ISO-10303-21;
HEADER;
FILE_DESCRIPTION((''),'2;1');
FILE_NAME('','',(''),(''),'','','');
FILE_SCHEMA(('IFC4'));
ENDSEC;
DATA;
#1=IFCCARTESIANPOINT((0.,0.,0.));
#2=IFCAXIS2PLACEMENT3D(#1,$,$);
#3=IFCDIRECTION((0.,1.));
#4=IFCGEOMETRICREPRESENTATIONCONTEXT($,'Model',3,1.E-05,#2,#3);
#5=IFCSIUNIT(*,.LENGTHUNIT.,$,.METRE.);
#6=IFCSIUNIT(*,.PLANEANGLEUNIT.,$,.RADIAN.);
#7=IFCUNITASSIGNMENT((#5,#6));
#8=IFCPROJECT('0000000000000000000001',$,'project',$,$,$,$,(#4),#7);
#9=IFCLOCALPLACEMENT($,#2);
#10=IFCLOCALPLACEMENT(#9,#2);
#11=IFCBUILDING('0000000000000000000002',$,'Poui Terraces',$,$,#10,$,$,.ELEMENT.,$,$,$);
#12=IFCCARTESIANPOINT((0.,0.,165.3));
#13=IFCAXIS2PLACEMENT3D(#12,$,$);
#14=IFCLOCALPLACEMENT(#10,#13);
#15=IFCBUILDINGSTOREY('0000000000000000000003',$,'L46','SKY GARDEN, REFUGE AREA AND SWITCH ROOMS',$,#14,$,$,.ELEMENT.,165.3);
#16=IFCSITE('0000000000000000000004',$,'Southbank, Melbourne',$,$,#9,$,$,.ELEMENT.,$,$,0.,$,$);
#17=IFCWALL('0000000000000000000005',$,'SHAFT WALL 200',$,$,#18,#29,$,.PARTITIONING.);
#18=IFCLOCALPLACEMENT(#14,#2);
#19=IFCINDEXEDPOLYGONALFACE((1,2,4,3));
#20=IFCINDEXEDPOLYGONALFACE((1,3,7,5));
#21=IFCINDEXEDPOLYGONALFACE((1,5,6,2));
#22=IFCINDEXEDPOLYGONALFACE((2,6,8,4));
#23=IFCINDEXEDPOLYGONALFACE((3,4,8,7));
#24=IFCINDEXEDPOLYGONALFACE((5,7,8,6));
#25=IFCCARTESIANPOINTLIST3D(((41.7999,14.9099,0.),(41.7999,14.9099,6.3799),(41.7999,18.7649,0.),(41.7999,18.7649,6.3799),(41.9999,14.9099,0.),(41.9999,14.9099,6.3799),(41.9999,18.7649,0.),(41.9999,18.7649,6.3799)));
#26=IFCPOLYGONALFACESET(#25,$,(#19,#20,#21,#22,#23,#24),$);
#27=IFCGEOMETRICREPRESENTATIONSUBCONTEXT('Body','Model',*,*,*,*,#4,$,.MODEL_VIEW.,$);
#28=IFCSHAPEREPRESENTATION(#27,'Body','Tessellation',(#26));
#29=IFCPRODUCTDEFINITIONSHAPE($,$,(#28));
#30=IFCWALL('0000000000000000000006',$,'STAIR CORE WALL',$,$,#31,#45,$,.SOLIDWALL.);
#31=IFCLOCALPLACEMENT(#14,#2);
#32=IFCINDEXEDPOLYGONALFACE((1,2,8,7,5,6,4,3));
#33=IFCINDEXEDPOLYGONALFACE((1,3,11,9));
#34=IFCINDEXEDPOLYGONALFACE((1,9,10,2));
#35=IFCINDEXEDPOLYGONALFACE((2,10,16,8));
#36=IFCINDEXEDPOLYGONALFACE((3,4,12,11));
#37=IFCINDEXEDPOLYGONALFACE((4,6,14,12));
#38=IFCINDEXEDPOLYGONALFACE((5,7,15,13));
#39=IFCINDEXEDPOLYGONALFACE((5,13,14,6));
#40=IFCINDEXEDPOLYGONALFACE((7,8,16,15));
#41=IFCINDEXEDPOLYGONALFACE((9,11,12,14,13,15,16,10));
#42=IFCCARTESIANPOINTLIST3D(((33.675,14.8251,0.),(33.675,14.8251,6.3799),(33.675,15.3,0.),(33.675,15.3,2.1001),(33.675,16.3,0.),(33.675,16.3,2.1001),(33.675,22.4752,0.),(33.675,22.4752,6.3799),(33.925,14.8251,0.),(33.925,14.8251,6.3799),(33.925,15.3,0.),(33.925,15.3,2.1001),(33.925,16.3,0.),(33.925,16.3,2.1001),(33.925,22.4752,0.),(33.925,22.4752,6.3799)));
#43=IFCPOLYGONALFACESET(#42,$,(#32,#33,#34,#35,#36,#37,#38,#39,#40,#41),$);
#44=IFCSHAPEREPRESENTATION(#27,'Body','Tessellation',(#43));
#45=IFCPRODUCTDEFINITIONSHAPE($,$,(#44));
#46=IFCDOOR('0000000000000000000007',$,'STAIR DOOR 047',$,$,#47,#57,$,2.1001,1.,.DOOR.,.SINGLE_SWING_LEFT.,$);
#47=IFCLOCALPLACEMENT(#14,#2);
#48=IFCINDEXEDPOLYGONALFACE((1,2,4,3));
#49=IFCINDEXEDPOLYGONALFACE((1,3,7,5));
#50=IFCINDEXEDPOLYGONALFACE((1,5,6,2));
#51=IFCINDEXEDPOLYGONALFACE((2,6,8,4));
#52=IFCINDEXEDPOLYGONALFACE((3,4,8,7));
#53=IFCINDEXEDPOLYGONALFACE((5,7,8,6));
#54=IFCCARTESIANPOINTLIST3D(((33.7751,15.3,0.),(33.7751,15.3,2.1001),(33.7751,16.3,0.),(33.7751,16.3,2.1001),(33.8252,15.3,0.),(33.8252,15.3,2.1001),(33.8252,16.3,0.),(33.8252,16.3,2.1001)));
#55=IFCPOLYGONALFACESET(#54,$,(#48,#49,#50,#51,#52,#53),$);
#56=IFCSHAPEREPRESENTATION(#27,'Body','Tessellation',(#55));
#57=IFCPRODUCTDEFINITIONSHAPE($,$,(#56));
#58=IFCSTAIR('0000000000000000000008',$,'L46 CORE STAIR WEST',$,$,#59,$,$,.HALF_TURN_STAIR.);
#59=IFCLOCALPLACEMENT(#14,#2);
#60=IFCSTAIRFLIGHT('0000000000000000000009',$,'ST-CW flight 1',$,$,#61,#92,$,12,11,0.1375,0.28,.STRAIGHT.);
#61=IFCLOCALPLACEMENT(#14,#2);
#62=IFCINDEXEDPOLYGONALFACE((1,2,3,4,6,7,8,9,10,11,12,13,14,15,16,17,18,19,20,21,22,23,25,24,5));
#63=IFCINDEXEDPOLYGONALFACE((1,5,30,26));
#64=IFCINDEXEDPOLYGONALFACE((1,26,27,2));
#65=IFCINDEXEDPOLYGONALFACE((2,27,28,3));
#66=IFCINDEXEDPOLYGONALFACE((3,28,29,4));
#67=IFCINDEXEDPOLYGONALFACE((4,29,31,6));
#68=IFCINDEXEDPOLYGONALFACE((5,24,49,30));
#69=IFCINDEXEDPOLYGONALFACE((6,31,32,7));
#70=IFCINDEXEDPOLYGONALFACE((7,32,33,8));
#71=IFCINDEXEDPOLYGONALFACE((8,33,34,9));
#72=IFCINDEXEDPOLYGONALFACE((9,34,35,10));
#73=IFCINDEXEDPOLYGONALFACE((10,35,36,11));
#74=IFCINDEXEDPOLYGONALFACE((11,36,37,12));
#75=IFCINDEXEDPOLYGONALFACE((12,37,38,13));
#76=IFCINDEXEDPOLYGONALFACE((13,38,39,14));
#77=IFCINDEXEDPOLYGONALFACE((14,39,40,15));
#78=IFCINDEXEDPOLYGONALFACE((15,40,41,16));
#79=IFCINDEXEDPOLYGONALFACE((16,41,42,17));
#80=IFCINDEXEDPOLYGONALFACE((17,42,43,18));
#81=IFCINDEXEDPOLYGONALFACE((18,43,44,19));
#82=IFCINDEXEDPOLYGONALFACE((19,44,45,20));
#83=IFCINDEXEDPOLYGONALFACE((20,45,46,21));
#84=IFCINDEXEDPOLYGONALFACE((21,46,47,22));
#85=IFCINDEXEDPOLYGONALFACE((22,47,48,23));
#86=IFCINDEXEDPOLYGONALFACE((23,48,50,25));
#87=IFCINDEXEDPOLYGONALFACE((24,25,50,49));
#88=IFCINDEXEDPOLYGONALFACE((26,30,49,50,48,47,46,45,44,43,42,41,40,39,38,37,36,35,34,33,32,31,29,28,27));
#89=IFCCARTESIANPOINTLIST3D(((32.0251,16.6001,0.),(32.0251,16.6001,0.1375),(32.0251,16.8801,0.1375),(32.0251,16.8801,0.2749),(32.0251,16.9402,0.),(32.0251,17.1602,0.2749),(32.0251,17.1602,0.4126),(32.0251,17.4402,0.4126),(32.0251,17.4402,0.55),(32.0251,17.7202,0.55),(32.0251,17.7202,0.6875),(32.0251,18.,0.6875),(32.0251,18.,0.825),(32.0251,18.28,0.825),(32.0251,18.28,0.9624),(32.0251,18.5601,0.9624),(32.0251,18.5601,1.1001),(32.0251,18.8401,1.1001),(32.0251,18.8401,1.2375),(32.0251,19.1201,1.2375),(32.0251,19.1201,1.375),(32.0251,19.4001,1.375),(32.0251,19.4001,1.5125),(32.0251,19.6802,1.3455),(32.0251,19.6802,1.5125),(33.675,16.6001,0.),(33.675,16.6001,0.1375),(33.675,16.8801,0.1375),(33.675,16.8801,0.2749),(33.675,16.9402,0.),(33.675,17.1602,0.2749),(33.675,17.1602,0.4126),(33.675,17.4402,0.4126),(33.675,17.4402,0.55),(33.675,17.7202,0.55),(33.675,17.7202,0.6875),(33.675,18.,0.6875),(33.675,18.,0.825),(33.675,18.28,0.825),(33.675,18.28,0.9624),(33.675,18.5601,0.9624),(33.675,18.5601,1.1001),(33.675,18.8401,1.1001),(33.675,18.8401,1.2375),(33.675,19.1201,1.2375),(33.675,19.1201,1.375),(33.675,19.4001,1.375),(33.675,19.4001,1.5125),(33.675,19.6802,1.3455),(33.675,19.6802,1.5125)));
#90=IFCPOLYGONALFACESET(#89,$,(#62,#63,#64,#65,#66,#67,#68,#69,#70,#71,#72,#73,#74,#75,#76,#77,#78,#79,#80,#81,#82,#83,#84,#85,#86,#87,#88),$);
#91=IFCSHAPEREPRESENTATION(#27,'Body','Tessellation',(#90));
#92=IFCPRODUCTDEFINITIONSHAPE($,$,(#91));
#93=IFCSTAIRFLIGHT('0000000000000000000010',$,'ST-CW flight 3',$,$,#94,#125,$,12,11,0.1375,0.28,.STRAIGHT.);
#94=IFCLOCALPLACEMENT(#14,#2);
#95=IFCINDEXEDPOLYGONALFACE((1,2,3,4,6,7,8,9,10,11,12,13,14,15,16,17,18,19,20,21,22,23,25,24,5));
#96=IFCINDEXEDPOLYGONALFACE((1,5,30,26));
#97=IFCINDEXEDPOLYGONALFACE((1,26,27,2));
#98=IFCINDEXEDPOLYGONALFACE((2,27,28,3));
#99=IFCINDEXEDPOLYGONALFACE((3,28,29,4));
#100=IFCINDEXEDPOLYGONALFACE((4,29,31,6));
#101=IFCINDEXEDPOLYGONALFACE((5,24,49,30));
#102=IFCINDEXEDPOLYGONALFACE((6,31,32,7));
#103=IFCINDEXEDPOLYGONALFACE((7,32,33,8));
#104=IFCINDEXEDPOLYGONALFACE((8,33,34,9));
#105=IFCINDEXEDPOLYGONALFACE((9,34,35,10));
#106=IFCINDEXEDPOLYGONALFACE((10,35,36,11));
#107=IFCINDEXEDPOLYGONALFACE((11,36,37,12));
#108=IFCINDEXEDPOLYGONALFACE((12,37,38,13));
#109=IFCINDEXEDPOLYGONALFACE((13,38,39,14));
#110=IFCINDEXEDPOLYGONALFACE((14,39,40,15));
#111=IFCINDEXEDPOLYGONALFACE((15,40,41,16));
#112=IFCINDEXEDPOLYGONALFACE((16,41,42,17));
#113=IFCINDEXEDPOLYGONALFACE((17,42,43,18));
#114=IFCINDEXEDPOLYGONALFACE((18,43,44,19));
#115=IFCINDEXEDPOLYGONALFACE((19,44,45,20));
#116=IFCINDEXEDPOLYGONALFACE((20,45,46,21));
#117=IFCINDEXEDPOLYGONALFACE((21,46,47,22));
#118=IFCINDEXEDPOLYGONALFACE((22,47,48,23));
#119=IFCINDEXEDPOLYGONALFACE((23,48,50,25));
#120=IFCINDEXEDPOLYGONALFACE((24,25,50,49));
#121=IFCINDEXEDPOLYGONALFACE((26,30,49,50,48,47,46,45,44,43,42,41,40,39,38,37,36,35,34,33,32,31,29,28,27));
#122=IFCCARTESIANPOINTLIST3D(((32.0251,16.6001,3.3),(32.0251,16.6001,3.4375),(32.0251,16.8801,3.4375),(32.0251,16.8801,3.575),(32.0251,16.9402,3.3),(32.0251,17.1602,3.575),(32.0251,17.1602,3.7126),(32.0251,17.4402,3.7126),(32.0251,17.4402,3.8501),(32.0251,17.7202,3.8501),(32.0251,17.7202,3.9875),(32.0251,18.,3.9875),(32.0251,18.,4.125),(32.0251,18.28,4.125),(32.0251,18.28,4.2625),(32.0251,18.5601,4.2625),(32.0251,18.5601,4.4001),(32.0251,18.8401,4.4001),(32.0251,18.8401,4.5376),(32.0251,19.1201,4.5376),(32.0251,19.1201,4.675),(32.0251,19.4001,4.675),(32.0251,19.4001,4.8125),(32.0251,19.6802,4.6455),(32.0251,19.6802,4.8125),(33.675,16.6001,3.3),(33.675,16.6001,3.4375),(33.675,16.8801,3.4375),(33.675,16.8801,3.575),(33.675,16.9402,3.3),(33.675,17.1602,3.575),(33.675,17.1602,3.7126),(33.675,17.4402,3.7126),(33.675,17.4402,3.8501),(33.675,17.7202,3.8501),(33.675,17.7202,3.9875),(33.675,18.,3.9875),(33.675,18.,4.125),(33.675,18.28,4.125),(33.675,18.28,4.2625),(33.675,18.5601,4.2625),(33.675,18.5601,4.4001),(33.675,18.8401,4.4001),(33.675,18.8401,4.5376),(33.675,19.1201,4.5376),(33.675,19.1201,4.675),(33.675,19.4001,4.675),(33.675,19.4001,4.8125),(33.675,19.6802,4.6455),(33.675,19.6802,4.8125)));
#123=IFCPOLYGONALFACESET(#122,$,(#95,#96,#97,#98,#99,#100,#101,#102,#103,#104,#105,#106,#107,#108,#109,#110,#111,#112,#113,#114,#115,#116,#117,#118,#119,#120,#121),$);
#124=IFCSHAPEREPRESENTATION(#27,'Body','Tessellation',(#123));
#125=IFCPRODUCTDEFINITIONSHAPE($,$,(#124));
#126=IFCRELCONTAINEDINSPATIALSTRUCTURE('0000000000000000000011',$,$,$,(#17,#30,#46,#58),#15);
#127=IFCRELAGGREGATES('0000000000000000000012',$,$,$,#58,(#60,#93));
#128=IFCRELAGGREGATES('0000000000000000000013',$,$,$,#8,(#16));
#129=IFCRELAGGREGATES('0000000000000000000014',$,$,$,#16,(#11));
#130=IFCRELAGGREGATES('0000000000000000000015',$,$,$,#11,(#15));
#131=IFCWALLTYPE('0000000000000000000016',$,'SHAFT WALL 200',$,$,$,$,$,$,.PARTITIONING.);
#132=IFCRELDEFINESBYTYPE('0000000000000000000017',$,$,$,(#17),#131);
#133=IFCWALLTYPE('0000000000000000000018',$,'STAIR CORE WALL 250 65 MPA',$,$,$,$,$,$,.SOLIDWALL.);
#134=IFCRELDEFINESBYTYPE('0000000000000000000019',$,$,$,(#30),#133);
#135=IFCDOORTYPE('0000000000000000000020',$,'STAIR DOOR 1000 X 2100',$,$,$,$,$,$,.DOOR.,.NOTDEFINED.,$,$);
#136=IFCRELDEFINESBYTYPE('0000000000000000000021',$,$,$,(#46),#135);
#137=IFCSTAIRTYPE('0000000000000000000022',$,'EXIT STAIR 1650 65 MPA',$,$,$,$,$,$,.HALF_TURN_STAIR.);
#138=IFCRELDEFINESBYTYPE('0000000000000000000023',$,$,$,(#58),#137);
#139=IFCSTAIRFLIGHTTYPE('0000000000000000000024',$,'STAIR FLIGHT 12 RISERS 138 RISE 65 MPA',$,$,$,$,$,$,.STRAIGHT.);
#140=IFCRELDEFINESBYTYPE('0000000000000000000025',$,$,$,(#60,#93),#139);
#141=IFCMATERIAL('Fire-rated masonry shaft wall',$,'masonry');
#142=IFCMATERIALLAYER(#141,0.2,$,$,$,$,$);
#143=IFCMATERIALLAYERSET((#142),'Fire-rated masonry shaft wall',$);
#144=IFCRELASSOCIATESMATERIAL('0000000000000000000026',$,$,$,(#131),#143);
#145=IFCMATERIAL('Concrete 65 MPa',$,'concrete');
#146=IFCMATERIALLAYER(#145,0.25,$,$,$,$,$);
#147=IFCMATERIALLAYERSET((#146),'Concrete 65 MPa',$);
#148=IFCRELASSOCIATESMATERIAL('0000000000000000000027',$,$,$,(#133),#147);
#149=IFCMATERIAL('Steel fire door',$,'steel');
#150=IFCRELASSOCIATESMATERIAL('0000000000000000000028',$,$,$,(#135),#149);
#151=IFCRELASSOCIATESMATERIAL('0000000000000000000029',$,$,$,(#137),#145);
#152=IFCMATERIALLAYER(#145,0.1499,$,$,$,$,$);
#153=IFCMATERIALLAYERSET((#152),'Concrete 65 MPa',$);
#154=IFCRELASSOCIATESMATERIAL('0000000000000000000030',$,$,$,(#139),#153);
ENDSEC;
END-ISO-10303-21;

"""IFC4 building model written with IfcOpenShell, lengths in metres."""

from ifc_helpers import new_model, si_unit, direction, frame, frame_2d, origin, place, context, subcontext, project, spatial, polyline, rectangle, outline, extrude, material, layer, layer_set, type_object, element, fill, aggregate, save


model = new_model("IFC4")

# Units and contexts
model_context = context("Model", 3, precision=1e-05, world=origin(), true_north=direction((0.0, 1.0)))
body_context = subcontext(model_context, "Body", "Model", "MODEL_VIEW")
ifc_project = project(units=[si_unit("LENGTHUNIT", "METRE"), si_unit("PLANEANGLEUNIT", "RADIAN")], contexts=[model_context])

# Site, building, storey
site_placement = place(None, origin())
site = spatial("IfcSite", under=ifc_project, at=site_placement, Name="Southbank, Melbourne", CompositionType="ELEMENT", RefElevation=0.0)
building_placement = place(site_placement, origin())
building = spatial("IfcBuilding", under=site, at=building_placement, Name="Poui Terraces", CompositionType="ELEMENT")
storey_placement = place(building_placement, frame((0.0, 0.0, 165.3)))
storey = spatial("IfcBuildingStorey", under=building, at=storey_placement, Name="L46", Description="SKY GARDEN, REFUGE AREA AND SWITCH ROOMS", CompositionType="ELEMENT", Elevation=165.3)

# Shared definitions
ifc_material_1 = material(Name="Concrete 65 MPa", Category="concrete")
ifc_material_2 = material(Name="Steel fire door", Category="steel")

# Shared definitions
ifc_material_3 = material(Name="Fire-rated masonry shaft wall", Category="masonry")
ifc_layer_1 = layer(ifc_material_3, 0.2)
ifc_layer_set_1 = layer_set([ifc_layer_1], Name="Fire-rated masonry shaft wall")
wall_type_1 = type_object("IfcWallType", Name="SHAFT WALL 200", PredefinedType="PARTITIONING", material=ifc_layer_set_1)

# Wall
wall_1_placement = place(storey_placement, frame((41.8999, 14.9099, 0.0), z_axis=(0.0, 0.0, 1.0), x_axis=(0.0, 1.0, 0.0)))
element("IfcWall", 1, at=wall_1_placement, inside=storey, type_object=wall_type_1, Name="SHAFT WALL 200", PredefinedType="PARTITIONING", context=body_context, shape_type="SweptSolid", body=[
    extrude(rectangle(XDim=3.855, YDim=0.2, at=frame_2d((1.9275, 0.0))), origin(), (0.0, 0.0, 1.0), 6.3799),
])

# Wall, opening, door
ifc_layer_2 = layer(ifc_material_1, 0.25)
ifc_layer_set_2 = layer_set([ifc_layer_2], Name="Concrete 65 MPa")
wall_type_2 = type_object("IfcWallType", Name="STAIR CORE WALL 250 65 MPA", PredefinedType="SOLIDWALL", material=ifc_layer_set_2)
wall_2_placement = place(storey_placement, frame((33.8, 14.825, 0.0), z_axis=(0.0, 0.0, 1.0), x_axis=(0.0, 1.0, 0.0)))
wall_2 = element("IfcWall", 2, at=wall_2_placement, inside=storey, type_object=wall_type_2, Name="STAIR CORE WALL", PredefinedType="SOLIDWALL", context=body_context, shape_type="SweptSolid", body=[
    extrude(rectangle(XDim=7.6501, YDim=0.25, at=frame_2d((3.8252, 0.0))), origin(), (0.0, 0.0, 1.0), 6.3799),
])
opening_1_placement = place(wall_2_placement, frame((0.4751, 0.0, 0.0)))
opening_1 = element("IfcOpeningElement", 3, at=opening_1_placement, cuts=wall_2, PredefinedType="OPENING", context=body_context, shape_type="SweptSolid", body=[
    extrude(rectangle(XDim=1.0, YDim=2.1001, at=frame_2d((0.5, 1.05))), frame((0.0, 0.135, 0.0), z_axis=(0.0, -1.0, 0.0), x_axis=(1.0, 0.0, 0.0)), (0.0, 0.0, 1.0), 0.27),
])
door_type_1 = type_object("IfcDoorType", Name="STAIR DOOR 1000 X 2100", OperationType="NOTDEFINED", PredefinedType="DOOR", material=ifc_material_2)
door_1_placement = place(opening_1_placement, origin())
door_1 = element("IfcDoor", 4, at=door_1_placement, inside=storey, type_object=door_type_1, Name="STAIR DOOR 047", OperationType="SINGLE_SWING_LEFT", OverallHeight=2.1001, OverallWidth=1.0, PredefinedType="DOOR", context=body_context, shape_type="SweptSolid", body=[
    extrude(rectangle(XDim=1.0, YDim=2.1001, at=frame_2d((0.5, 1.05))), frame((0.0, 0.0249, 0.0), z_axis=(0.0, -1.0, 0.0), x_axis=(1.0, 0.0, 0.0)), (0.0, 0.0, 1.0), 0.05),
])
fill(opening_1, door_1)

# Stair, stair flights
stair_type = type_object("IfcStairType", Name="EXIT STAIR 1650 65 MPA", PredefinedType="HALF_TURN_STAIR", material=ifc_material_1)
stair_placement = place(storey_placement, origin())
stair = element("IfcStair", 5, at=stair_placement, inside=storey, type_object=stair_type, Name="L46 CORE STAIR WEST", PredefinedType="HALF_TURN_STAIR")
ifc_layer_3 = layer(ifc_material_1, 0.1499)
ifc_layer_set_3 = layer_set([ifc_layer_3], Name="Concrete 65 MPa")
stair_flight_type = type_object("IfcStairFlightType", Name="STAIR FLIGHT 12 RISERS 138 RISE 65 MPA", PredefinedType="STRAIGHT", material=ifc_layer_set_3)
stair_flight_1_placement = place(storey_placement, frame((32.8501, 16.6001, 0.0), z_axis=(0.0, 0.0, 1.0), x_axis=(0.0, 1.0, 0.0)))
stair_flight_1 = element("IfcStairFlight", 6, at=stair_flight_1_placement, type_object=stair_flight_type, Name="ST-CW flight 1", NumberOfRisers=12, NumberOfTreads=11, PredefinedType="STRAIGHT", RiserHeight=0.1375, TreadLength=0.28, context=body_context, shape_type="SweptSolid", body=[
    extrude(outline(polyline([(0.0, 0.0), (0.0, 0.1375), (0.28, 0.1375), (0.28, 0.2749), (0.5601, 0.2749), (0.5601, 0.4126), (0.8401, 0.4126), (0.8401, 0.55), (1.1201, 0.55), (1.1201, 0.6875), (1.3999, 0.6875), (1.3999, 0.825), (1.6799, 0.825), (1.6799, 0.9624), (1.96, 0.9624), (1.96, 1.1001), (2.24, 1.1001), (2.24, 1.2375), (2.52, 1.2375), (2.52, 1.375), (2.8, 1.375), (2.8, 1.5125), (3.0801, 1.5125), (3.0801, 1.6499), (3.0801, 1.3455), (0.3401, 0.0), (0.0, 0.0)])), frame((0.0, 0.825, 0.0), z_axis=(0.0, -1.0, 0.0), x_axis=(1.0, 0.0, 0.0)), (0.0, 0.0, 1.0), 1.6499),
])
stair_flight_2_placement = place(storey_placement, frame((32.8501, 16.6001, 3.3), z_axis=(0.0, 0.0, 1.0), x_axis=(0.0, 1.0, 0.0)))
stair_flight_2 = element("IfcStairFlight", 7, at=stair_flight_2_placement, type_object=stair_flight_type, Name="ST-CW flight 3", NumberOfRisers=12, NumberOfTreads=11, PredefinedType="STRAIGHT", RiserHeight=0.1375, TreadLength=0.28, context=body_context, shape_type="SweptSolid", body=[
    extrude(outline(polyline([(0.0, 0.0), (0.0, 0.1375), (0.28, 0.1375), (0.28, 0.2749), (0.5601, 0.2749), (0.5601, 0.4126), (0.8401, 0.4126), (0.8401, 0.55), (1.1201, 0.55), (1.1201, 0.6875), (1.3999, 0.6875), (1.3999, 0.825), (1.6799, 0.825), (1.6799, 0.9624), (1.96, 0.9624), (1.96, 1.1001), (2.24, 1.1001), (2.24, 1.2375), (2.52, 1.2375), (2.52, 1.375), (2.8, 1.375), (2.8, 1.5125), (3.0801, 1.5125), (3.0801, 1.6499), (3.0801, 1.3455), (0.3401, 0.0), (0.0, 0.0)])), frame((0.0, 0.825, 0.0), z_axis=(0.0, -1.0, 0.0), x_axis=(1.0, 0.0, 0.0)), (0.0, 0.0, 1.0), 1.6499),
])
aggregate(stair, [stair_flight_1, stair_flight_2])

save(model, "model.ifc")
